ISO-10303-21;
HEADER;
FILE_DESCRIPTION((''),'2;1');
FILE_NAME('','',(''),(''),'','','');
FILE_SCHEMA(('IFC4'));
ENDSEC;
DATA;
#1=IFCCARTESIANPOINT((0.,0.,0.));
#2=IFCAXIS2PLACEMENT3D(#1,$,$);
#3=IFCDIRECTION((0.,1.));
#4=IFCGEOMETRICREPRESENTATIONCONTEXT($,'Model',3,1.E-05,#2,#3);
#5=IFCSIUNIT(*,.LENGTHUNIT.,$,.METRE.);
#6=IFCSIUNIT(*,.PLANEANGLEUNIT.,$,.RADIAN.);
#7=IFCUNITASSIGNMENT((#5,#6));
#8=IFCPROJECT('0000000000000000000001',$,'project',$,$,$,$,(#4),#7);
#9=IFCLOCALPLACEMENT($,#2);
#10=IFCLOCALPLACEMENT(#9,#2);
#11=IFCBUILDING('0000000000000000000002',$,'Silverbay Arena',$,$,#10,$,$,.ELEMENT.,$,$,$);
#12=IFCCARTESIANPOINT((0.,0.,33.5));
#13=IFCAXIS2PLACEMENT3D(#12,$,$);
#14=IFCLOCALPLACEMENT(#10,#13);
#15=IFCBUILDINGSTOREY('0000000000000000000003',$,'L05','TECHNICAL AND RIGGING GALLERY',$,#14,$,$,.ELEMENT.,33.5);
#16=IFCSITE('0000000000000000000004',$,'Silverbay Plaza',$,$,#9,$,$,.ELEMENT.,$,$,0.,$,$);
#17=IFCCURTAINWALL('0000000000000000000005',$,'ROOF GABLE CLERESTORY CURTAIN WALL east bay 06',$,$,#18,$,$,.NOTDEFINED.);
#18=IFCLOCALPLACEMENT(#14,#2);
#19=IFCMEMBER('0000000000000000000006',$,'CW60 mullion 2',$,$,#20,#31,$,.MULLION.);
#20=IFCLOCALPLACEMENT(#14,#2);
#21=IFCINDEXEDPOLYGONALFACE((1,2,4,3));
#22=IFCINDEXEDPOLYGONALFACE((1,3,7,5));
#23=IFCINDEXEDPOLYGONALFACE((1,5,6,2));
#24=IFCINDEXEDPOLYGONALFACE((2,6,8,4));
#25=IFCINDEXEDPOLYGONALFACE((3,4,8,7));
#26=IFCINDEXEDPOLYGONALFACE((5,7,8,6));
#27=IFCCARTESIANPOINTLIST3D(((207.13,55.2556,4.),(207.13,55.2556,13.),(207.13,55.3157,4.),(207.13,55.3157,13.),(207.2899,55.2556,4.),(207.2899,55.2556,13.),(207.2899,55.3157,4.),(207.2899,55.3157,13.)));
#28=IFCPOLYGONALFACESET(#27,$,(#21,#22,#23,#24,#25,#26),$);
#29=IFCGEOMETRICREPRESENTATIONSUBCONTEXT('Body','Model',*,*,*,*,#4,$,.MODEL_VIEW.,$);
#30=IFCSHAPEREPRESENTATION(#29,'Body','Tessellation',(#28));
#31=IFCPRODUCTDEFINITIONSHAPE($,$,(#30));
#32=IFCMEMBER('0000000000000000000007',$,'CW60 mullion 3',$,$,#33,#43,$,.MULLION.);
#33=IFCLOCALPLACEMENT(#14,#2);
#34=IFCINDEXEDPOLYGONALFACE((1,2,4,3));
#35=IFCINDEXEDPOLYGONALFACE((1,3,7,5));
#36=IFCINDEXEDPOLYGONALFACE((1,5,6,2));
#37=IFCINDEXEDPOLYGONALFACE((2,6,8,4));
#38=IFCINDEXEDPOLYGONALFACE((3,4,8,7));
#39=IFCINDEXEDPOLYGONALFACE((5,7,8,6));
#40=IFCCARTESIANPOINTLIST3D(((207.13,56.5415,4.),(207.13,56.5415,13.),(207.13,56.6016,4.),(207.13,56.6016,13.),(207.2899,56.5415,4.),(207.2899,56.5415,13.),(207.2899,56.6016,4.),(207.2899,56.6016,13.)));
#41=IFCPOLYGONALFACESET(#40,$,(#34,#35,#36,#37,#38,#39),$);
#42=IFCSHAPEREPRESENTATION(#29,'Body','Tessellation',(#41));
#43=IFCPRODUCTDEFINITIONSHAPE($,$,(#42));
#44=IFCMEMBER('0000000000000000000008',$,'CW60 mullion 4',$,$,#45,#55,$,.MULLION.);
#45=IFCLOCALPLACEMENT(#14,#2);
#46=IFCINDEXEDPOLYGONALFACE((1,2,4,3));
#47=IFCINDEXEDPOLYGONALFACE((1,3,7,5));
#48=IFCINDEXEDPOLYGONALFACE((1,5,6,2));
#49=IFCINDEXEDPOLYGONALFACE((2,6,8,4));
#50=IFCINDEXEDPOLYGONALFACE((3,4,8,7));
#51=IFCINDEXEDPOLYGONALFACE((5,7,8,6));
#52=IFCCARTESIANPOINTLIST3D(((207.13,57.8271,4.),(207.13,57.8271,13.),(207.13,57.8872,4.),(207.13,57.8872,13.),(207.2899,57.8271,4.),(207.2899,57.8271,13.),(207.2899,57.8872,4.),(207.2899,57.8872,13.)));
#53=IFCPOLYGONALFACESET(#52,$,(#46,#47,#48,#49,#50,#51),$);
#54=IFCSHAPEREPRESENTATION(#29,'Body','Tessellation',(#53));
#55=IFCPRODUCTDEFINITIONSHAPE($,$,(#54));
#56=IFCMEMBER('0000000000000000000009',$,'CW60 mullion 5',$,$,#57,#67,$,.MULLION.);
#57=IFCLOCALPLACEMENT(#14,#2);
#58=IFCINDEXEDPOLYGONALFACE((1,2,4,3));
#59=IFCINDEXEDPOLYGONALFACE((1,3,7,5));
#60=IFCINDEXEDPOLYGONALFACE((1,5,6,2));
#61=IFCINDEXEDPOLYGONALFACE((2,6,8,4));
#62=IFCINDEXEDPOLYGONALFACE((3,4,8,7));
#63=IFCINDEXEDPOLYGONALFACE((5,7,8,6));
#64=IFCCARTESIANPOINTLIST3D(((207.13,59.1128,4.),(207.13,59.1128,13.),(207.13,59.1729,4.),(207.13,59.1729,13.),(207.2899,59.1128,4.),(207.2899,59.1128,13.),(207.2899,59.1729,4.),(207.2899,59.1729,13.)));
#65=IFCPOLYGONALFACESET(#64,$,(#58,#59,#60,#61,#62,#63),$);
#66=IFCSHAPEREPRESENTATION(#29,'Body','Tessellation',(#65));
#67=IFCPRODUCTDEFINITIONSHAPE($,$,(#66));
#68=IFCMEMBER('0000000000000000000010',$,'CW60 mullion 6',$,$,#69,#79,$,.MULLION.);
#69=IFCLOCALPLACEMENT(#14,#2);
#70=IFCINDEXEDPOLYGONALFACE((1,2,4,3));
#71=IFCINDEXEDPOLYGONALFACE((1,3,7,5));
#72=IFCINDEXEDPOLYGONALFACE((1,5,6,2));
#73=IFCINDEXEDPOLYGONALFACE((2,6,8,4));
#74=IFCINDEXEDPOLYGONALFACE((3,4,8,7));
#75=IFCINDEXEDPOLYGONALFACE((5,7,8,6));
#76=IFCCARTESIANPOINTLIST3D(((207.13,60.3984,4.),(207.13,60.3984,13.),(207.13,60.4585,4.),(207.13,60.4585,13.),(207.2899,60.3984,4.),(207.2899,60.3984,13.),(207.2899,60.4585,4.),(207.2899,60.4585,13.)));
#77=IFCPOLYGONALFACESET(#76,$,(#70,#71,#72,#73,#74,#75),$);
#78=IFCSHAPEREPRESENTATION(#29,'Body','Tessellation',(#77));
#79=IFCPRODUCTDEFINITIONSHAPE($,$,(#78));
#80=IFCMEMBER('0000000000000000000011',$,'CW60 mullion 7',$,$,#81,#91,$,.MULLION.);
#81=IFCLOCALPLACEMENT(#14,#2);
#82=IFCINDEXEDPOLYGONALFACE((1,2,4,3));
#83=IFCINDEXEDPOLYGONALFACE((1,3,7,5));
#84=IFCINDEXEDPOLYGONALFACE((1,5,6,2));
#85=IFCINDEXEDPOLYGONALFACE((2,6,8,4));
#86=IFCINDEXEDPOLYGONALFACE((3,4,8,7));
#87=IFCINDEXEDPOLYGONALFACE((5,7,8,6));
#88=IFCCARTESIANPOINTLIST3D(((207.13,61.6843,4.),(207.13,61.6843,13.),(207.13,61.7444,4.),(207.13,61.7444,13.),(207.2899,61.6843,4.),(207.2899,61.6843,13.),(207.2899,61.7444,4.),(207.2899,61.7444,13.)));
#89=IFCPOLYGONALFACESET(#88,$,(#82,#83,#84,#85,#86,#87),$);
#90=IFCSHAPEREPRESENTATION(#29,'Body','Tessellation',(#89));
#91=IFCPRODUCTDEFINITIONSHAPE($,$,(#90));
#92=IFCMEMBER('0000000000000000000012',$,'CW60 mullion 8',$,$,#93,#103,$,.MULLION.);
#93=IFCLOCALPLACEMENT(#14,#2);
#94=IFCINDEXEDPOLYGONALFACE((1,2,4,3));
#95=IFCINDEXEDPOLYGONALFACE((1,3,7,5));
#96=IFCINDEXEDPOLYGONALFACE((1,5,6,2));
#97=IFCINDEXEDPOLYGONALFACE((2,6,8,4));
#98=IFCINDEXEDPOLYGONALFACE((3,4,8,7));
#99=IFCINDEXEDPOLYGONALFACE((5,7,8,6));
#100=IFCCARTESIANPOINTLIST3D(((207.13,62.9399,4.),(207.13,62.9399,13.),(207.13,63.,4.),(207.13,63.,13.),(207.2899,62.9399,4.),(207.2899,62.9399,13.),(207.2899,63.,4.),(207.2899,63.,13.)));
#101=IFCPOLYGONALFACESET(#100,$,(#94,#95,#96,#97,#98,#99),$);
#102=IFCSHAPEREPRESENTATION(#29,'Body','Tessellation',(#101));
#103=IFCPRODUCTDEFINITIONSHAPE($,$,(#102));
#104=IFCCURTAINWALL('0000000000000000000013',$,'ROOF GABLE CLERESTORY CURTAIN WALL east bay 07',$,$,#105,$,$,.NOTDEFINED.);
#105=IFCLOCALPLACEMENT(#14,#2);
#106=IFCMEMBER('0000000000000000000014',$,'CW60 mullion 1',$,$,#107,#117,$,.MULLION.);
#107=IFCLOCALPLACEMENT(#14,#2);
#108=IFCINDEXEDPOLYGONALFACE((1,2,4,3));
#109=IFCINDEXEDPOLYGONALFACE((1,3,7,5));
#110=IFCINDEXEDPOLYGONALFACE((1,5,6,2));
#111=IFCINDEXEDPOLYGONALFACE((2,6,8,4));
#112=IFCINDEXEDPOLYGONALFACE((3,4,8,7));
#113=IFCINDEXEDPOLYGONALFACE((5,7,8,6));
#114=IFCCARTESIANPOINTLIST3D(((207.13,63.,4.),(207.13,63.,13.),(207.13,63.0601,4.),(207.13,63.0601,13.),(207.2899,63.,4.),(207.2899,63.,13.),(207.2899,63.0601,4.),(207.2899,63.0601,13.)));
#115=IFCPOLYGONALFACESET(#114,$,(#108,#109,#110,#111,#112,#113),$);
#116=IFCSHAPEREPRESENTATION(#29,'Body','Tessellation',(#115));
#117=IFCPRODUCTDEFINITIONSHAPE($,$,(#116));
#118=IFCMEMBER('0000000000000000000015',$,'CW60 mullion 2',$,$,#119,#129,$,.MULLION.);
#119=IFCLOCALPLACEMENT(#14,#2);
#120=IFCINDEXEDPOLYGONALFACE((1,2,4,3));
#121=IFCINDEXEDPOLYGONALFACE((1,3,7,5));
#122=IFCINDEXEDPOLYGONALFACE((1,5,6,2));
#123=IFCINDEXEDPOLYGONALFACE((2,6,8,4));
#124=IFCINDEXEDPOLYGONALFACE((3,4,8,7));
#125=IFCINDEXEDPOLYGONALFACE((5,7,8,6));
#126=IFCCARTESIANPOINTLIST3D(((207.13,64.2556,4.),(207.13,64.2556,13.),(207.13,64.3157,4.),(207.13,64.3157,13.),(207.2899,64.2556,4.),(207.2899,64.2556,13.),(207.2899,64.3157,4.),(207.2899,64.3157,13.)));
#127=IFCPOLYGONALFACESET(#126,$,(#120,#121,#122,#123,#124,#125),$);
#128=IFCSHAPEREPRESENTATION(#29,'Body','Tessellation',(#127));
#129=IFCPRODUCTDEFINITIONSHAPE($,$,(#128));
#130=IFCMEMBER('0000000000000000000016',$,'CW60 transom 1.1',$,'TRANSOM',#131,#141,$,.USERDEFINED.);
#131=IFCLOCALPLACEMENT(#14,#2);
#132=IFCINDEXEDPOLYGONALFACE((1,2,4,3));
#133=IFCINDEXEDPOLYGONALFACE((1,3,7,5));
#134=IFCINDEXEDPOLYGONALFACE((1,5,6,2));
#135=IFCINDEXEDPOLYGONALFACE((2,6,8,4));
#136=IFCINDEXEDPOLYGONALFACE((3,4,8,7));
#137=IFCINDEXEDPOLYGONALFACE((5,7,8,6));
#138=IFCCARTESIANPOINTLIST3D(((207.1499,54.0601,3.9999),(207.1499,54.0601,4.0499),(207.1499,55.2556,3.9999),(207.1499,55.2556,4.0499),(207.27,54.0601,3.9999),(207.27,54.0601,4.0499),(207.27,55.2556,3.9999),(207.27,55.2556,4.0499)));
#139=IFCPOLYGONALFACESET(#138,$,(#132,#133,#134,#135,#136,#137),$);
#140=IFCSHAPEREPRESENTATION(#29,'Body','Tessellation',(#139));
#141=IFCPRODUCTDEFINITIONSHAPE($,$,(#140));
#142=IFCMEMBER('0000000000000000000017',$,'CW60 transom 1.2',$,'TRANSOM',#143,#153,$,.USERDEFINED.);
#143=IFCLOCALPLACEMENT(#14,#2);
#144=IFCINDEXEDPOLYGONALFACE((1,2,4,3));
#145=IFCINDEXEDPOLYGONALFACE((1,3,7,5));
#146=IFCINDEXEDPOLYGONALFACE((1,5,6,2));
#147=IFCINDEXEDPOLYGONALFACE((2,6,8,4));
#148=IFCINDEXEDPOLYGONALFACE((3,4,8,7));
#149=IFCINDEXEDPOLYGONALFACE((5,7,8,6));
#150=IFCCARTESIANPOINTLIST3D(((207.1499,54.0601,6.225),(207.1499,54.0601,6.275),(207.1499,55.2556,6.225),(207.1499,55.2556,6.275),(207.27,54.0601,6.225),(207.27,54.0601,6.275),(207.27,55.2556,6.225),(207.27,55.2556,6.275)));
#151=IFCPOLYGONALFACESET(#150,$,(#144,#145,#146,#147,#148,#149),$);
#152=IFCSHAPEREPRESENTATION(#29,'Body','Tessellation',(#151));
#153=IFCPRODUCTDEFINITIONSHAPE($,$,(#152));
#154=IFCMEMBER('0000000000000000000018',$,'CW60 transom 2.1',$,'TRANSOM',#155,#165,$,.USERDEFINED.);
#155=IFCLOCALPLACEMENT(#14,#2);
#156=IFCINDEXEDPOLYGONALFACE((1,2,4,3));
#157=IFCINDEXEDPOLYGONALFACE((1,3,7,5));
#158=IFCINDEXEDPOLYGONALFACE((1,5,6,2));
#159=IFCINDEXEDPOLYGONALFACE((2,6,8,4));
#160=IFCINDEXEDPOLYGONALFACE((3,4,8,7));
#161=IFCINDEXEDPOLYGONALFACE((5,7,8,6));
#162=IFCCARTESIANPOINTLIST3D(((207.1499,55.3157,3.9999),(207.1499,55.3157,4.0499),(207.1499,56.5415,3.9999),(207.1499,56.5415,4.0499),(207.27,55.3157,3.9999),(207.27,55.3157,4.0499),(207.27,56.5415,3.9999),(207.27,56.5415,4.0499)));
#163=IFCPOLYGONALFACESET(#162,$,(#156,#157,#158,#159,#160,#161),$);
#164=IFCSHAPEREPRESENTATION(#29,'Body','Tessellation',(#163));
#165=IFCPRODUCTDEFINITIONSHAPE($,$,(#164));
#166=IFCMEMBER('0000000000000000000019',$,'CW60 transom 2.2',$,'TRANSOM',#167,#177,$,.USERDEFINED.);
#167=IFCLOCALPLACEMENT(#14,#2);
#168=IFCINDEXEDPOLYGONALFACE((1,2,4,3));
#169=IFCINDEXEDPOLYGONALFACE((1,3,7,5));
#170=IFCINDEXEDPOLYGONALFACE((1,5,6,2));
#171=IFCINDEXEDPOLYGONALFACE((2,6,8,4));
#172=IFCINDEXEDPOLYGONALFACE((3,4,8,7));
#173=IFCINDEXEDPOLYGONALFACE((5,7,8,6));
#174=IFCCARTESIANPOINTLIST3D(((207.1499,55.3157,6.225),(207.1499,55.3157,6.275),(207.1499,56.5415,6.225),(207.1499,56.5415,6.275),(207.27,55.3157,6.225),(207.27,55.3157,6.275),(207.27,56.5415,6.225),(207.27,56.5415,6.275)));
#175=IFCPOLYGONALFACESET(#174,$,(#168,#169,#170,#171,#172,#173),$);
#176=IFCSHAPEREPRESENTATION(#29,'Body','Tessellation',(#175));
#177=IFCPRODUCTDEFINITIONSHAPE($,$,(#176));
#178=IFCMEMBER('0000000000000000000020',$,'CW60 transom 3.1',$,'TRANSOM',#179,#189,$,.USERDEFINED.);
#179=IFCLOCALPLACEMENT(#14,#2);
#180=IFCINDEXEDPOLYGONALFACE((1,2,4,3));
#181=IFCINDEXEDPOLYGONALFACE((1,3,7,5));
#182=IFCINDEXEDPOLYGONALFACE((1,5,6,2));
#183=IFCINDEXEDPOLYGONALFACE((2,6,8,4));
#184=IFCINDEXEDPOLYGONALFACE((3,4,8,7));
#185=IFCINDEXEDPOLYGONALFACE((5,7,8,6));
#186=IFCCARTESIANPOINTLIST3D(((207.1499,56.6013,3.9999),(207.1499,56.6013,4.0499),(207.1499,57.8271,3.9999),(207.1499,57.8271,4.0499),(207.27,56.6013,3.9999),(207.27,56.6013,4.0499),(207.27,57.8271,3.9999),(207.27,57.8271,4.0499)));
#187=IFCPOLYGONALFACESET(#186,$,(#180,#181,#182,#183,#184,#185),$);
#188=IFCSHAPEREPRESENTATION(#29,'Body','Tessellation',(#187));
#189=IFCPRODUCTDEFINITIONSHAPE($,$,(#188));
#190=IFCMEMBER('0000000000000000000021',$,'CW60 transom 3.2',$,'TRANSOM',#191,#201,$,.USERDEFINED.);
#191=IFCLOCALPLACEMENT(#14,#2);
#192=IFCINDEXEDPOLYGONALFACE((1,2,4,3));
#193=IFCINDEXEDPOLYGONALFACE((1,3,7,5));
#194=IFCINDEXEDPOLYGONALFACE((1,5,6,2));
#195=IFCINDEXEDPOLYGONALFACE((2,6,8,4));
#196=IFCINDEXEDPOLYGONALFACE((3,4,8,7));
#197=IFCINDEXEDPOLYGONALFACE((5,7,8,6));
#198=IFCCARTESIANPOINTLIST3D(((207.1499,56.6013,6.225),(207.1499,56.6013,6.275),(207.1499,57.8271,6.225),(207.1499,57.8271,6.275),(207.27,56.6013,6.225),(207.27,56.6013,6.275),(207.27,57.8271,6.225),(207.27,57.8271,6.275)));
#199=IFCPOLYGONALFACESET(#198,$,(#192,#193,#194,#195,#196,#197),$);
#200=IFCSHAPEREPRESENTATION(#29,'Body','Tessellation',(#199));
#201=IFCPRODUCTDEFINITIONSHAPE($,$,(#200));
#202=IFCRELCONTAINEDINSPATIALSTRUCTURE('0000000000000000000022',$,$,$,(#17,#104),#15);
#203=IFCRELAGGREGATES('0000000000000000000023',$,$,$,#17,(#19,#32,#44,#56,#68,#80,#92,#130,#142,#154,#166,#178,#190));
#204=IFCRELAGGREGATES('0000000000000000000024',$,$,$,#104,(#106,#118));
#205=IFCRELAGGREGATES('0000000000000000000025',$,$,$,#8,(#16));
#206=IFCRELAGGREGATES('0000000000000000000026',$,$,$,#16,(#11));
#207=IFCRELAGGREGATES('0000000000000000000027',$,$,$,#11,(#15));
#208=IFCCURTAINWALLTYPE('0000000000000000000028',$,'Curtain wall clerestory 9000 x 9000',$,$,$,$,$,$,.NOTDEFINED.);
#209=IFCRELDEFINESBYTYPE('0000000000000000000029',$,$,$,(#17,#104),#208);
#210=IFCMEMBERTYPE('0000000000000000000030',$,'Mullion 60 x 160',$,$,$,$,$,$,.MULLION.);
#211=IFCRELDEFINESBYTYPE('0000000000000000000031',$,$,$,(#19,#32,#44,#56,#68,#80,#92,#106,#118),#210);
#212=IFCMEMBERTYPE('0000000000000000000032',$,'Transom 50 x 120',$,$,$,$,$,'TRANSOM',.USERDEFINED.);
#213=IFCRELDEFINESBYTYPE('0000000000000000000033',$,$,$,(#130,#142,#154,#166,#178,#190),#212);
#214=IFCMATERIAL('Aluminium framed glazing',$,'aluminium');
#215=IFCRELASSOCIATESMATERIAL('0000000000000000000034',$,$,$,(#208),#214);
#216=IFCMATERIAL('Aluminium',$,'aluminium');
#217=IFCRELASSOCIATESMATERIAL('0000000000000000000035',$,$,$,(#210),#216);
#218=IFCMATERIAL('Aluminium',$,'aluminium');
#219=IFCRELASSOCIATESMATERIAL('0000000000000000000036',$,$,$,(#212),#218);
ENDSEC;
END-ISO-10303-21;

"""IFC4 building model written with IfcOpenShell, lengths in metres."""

from ifc_helpers import new_model, si_unit, direction, frame, origin, origin_2d, place, context, subcontext, project, spatial, rectangle, extrude, material, material_profile, profile_set, type_object, element, aggregate, save


model = new_model("IFC4")

# Units and contexts
model_context = context("Model", 3, precision=1e-05, world=origin(), true_north=direction((0.0, 1.0)))
body_context = subcontext(model_context, "Body", "Model", "MODEL_VIEW")
ifc_project = project(units=[si_unit("LENGTHUNIT", "METRE"), si_unit("PLANEANGLEUNIT", "RADIAN")], contexts=[model_context])

# Site, building, storey
site_placement = place(None, origin())
site = spatial("IfcSite", under=ifc_project, at=site_placement, Name="Silverbay Plaza", CompositionType="ELEMENT", RefElevation=0.0)
building_placement = place(site_placement, origin())
building = spatial("IfcBuilding", under=site, at=building_placement, Name="Silverbay Arena", CompositionType="ELEMENT")
storey_placement = place(building_placement, frame((0.0, 0.0, 33.5)))
storey = spatial("IfcBuildingStorey", under=building, at=storey_placement, Name="L05", Description="TECHNICAL AND RIGGING GALLERY", CompositionType="ELEMENT", Elevation=33.5)

# Curtain walls, members
ifc_material_1 = material(Name="Aluminium framed glazing", Category="aluminium")
curtain_wall_type = type_object("IfcCurtainWallType", Name="Curtain wall clerestory 9000 x 9000", PredefinedType="NOTDEFINED", material=ifc_material_1)
curtain_wall_1_placement = place(storey_placement, origin())
curtain_wall_1 = element("IfcCurtainWall", 1, at=curtain_wall_1_placement, inside=storey, type_object=curtain_wall_type, Name="ROOF GABLE CLERESTORY CURTAIN WALL east bay 06", PredefinedType="NOTDEFINED")
ifc_material_2 = material(Name="Aluminium", Category="aluminium")
ifc_material_profile_1 = material_profile(ifc_material_2, rectangle(XDim=0.1599, YDim=0.0601, at=origin_2d()), Name="Mullion 60 x 160")
ifc_profile_set_1 = profile_set([ifc_material_profile_1], Name="Aluminium")
member_type_1 = type_object("IfcMemberType", Name="Mullion 60 x 160", PredefinedType="MULLION", material=ifc_profile_set_1)
member_1_placement = place(storey_placement, frame((207.21, 55.2856, 4.0), z_axis=(0.0, 0.0, 1.0), x_axis=(-1.0, 0.0, 0.0)))
member_1 = element("IfcMember", 2, at=member_1_placement, type_object=member_type_1, Name="CW60 mullion 2", PredefinedType="MULLION", context=body_context, shape_type="SweptSolid", body=[
    extrude(rectangle(XDim=0.1599, YDim=0.0601, at=origin_2d()), origin(), (0.0, 0.0, 1.0), 9.0),
])
member_2_placement = place(storey_placement, frame((207.21, 56.5715, 4.0), z_axis=(0.0, 0.0, 1.0), x_axis=(-1.0, 0.0, 0.0)))
member_2 = element("IfcMember", 3, at=member_2_placement, type_object=member_type_1, Name="CW60 mullion 3", PredefinedType="MULLION", context=body_context, shape_type="SweptSolid", body=[
    extrude(rectangle(XDim=0.1599, YDim=0.0601, at=origin_2d()), origin(), (0.0, 0.0, 1.0), 9.0),
])
member_3_placement = place(storey_placement, frame((207.21, 57.8572, 4.0), z_axis=(0.0, 0.0, 1.0), x_axis=(-1.0, 0.0, 0.0)))
member_3 = element("IfcMember", 4, at=member_3_placement, type_object=member_type_1, Name="CW60 mullion 4", PredefinedType="MULLION", context=body_context, shape_type="SweptSolid", body=[
    extrude(rectangle(XDim=0.1599, YDim=0.0601, at=origin_2d()), origin(), (0.0, 0.0, 1.0), 9.0),
])
member_4_placement = place(storey_placement, frame((207.21, 59.1428, 4.0), z_axis=(0.0, 0.0, 1.0), x_axis=(-1.0, 0.0, 0.0)))
member_4 = element("IfcMember", 5, at=member_4_placement, type_object=member_type_1, Name="CW60 mullion 5", PredefinedType="MULLION", context=body_context, shape_type="SweptSolid", body=[
    extrude(rectangle(XDim=0.1599, YDim=0.0601, at=origin_2d()), origin(), (0.0, 0.0, 1.0), 9.0),
])
member_5_placement = place(storey_placement, frame((207.21, 60.4285, 4.0), z_axis=(0.0, 0.0, 1.0), x_axis=(-1.0, 0.0, 0.0)))
member_5 = element("IfcMember", 6, at=member_5_placement, type_object=member_type_1, Name="CW60 mullion 6", PredefinedType="MULLION", context=body_context, shape_type="SweptSolid", body=[
    extrude(rectangle(XDim=0.1599, YDim=0.0601, at=origin_2d()), origin(), (0.0, 0.0, 1.0), 9.0),
])
member_6_placement = place(storey_placement, frame((207.21, 61.7144, 4.0), z_axis=(0.0, 0.0, 1.0), x_axis=(-1.0, 0.0, 0.0)))
member_6 = element("IfcMember", 7, at=member_6_placement, type_object=member_type_1, Name="CW60 mullion 7", PredefinedType="MULLION", context=body_context, shape_type="SweptSolid", body=[
    extrude(rectangle(XDim=0.1599, YDim=0.0601, at=origin_2d()), origin(), (0.0, 0.0, 1.0), 9.0),
])
member_7_placement = place(storey_placement, frame((207.21, 62.97, 4.0), z_axis=(0.0, 0.0, 1.0), x_axis=(-1.0, 0.0, 0.0)))
member_7 = element("IfcMember", 8, at=member_7_placement, type_object=member_type_1, Name="CW60 mullion 8", PredefinedType="MULLION", context=body_context, shape_type="SweptSolid", body=[
    extrude(rectangle(XDim=0.1599, YDim=0.0601, at=origin_2d()), origin(), (0.0, 0.0, 1.0), 9.0),
])
curtain_wall_2_placement = place(storey_placement, origin())
curtain_wall_2 = element("IfcCurtainWall", 9, at=curtain_wall_2_placement, inside=storey, type_object=curtain_wall_type, Name="ROOF GABLE CLERESTORY CURTAIN WALL east bay 07", PredefinedType="NOTDEFINED")
member_8_placement = place(storey_placement, frame((207.21, 63.03, 4.0), z_axis=(0.0, 0.0, 1.0), x_axis=(-1.0, 0.0, 0.0)))
member_8 = element("IfcMember", 10, at=member_8_placement, type_object=member_type_1, Name="CW60 mullion 1", PredefinedType="MULLION", context=body_context, shape_type="SweptSolid", body=[
    extrude(rectangle(XDim=0.1599, YDim=0.0601, at=origin_2d()), origin(), (0.0, 0.0, 1.0), 9.0),
])
member_9_placement = place(storey_placement, frame((207.21, 64.2856, 4.0), z_axis=(0.0, 0.0, 1.0), x_axis=(-1.0, 0.0, 0.0)))
member_9 = element("IfcMember", 11, at=member_9_placement, type_object=member_type_1, Name="CW60 mullion 2", PredefinedType="MULLION", context=body_context, shape_type="SweptSolid", body=[
    extrude(rectangle(XDim=0.1599, YDim=0.0601, at=origin_2d()), origin(), (0.0, 0.0, 1.0), 9.0),
])

# Members
ifc_material_3 = material(Name="Aluminium", Category="aluminium")
ifc_material_profile_2 = material_profile(ifc_material_3, rectangle(XDim=0.1201, YDim=0.05, at=origin_2d()), Name="Transom 50 x 120")
ifc_profile_set_2 = profile_set([ifc_material_profile_2], Name="Aluminium")
member_type_2 = type_object("IfcMemberType", Name="Transom 50 x 120", ElementType="TRANSOM", PredefinedType="USERDEFINED", material=ifc_profile_set_2)
member_10_placement = place(storey_placement, frame((207.21, 54.0601, 4.0249), z_axis=(0.0, 1.0, 0.0), x_axis=(-1.0, 0.0, 0.0)))
member_10 = element("IfcMember", 12, at=member_10_placement, type_object=member_type_2, Name="CW60 transom 1.1", ObjectType="TRANSOM", PredefinedType="USERDEFINED", context=body_context, shape_type="SweptSolid", body=[
    extrude(rectangle(XDim=0.1201, YDim=0.05, at=origin_2d()), origin(), (0.0, 0.0, 1.0), 1.1956),
])
member_11_placement = place(storey_placement, frame((207.21, 54.0601, 6.25), z_axis=(0.0, 1.0, 0.0), x_axis=(-1.0, 0.0, 0.0)))
member_11 = element("IfcMember", 13, at=member_11_placement, type_object=member_type_2, Name="CW60 transom 1.2", ObjectType="TRANSOM", PredefinedType="USERDEFINED", context=body_context, shape_type="SweptSolid", body=[
    extrude(rectangle(XDim=0.1201, YDim=0.05, at=origin_2d()), origin(), (0.0, 0.0, 1.0), 1.1956),
])
member_12_placement = place(storey_placement, frame((207.21, 55.3157, 4.0249), z_axis=(0.0, 1.0, 0.0), x_axis=(-1.0, 0.0, 0.0)))
member_12 = element("IfcMember", 14, at=member_12_placement, type_object=member_type_2, Name="CW60 transom 2.1", ObjectType="TRANSOM", PredefinedType="USERDEFINED", context=body_context, shape_type="SweptSolid", body=[
    extrude(rectangle(XDim=0.1201, YDim=0.05, at=origin_2d()), origin(), (0.0, 0.0, 1.0), 1.2258),
])
member_13_placement = place(storey_placement, frame((207.21, 55.3157, 6.25), z_axis=(0.0, 1.0, 0.0), x_axis=(-1.0, 0.0, 0.0)))
member_13 = element("IfcMember", 15, at=member_13_placement, type_object=member_type_2, Name="CW60 transom 2.2", ObjectType="TRANSOM", PredefinedType="USERDEFINED", context=body_context, shape_type="SweptSolid", body=[
    extrude(rectangle(XDim=0.1201, YDim=0.05, at=origin_2d()), origin(), (0.0, 0.0, 1.0), 1.2258),
])
member_14_placement = place(storey_placement, frame((207.21, 56.6013, 4.0249), z_axis=(0.0, 1.0, 0.0), x_axis=(-1.0, 0.0, 0.0)))
member_14 = element("IfcMember", 16, at=member_14_placement, type_object=member_type_2, Name="CW60 transom 3.1", ObjectType="TRANSOM", PredefinedType="USERDEFINED", context=body_context, shape_type="SweptSolid", body=[
    extrude(rectangle(XDim=0.1201, YDim=0.05, at=origin_2d()), origin(), (0.0, 0.0, 1.0), 1.2258),
])
member_15_placement = place(storey_placement, frame((207.21, 56.6013, 6.25), z_axis=(0.0, 1.0, 0.0), x_axis=(-1.0, 0.0, 0.0)))
member_15 = element("IfcMember", 17, at=member_15_placement, type_object=member_type_2, Name="CW60 transom 3.2", ObjectType="TRANSOM", PredefinedType="USERDEFINED", context=body_context, shape_type="SweptSolid", body=[
    extrude(rectangle(XDim=0.1201, YDim=0.05, at=origin_2d()), origin(), (0.0, 0.0, 1.0), 1.2258),
])
aggregate(curtain_wall_1, [member_1, member_2, member_3, member_4, member_5, member_6, member_7, member_10, member_11, member_12, member_13, member_14, member_15])

aggregate(curtain_wall_2, [member_8, member_9])

save(model, "model.ifc")
